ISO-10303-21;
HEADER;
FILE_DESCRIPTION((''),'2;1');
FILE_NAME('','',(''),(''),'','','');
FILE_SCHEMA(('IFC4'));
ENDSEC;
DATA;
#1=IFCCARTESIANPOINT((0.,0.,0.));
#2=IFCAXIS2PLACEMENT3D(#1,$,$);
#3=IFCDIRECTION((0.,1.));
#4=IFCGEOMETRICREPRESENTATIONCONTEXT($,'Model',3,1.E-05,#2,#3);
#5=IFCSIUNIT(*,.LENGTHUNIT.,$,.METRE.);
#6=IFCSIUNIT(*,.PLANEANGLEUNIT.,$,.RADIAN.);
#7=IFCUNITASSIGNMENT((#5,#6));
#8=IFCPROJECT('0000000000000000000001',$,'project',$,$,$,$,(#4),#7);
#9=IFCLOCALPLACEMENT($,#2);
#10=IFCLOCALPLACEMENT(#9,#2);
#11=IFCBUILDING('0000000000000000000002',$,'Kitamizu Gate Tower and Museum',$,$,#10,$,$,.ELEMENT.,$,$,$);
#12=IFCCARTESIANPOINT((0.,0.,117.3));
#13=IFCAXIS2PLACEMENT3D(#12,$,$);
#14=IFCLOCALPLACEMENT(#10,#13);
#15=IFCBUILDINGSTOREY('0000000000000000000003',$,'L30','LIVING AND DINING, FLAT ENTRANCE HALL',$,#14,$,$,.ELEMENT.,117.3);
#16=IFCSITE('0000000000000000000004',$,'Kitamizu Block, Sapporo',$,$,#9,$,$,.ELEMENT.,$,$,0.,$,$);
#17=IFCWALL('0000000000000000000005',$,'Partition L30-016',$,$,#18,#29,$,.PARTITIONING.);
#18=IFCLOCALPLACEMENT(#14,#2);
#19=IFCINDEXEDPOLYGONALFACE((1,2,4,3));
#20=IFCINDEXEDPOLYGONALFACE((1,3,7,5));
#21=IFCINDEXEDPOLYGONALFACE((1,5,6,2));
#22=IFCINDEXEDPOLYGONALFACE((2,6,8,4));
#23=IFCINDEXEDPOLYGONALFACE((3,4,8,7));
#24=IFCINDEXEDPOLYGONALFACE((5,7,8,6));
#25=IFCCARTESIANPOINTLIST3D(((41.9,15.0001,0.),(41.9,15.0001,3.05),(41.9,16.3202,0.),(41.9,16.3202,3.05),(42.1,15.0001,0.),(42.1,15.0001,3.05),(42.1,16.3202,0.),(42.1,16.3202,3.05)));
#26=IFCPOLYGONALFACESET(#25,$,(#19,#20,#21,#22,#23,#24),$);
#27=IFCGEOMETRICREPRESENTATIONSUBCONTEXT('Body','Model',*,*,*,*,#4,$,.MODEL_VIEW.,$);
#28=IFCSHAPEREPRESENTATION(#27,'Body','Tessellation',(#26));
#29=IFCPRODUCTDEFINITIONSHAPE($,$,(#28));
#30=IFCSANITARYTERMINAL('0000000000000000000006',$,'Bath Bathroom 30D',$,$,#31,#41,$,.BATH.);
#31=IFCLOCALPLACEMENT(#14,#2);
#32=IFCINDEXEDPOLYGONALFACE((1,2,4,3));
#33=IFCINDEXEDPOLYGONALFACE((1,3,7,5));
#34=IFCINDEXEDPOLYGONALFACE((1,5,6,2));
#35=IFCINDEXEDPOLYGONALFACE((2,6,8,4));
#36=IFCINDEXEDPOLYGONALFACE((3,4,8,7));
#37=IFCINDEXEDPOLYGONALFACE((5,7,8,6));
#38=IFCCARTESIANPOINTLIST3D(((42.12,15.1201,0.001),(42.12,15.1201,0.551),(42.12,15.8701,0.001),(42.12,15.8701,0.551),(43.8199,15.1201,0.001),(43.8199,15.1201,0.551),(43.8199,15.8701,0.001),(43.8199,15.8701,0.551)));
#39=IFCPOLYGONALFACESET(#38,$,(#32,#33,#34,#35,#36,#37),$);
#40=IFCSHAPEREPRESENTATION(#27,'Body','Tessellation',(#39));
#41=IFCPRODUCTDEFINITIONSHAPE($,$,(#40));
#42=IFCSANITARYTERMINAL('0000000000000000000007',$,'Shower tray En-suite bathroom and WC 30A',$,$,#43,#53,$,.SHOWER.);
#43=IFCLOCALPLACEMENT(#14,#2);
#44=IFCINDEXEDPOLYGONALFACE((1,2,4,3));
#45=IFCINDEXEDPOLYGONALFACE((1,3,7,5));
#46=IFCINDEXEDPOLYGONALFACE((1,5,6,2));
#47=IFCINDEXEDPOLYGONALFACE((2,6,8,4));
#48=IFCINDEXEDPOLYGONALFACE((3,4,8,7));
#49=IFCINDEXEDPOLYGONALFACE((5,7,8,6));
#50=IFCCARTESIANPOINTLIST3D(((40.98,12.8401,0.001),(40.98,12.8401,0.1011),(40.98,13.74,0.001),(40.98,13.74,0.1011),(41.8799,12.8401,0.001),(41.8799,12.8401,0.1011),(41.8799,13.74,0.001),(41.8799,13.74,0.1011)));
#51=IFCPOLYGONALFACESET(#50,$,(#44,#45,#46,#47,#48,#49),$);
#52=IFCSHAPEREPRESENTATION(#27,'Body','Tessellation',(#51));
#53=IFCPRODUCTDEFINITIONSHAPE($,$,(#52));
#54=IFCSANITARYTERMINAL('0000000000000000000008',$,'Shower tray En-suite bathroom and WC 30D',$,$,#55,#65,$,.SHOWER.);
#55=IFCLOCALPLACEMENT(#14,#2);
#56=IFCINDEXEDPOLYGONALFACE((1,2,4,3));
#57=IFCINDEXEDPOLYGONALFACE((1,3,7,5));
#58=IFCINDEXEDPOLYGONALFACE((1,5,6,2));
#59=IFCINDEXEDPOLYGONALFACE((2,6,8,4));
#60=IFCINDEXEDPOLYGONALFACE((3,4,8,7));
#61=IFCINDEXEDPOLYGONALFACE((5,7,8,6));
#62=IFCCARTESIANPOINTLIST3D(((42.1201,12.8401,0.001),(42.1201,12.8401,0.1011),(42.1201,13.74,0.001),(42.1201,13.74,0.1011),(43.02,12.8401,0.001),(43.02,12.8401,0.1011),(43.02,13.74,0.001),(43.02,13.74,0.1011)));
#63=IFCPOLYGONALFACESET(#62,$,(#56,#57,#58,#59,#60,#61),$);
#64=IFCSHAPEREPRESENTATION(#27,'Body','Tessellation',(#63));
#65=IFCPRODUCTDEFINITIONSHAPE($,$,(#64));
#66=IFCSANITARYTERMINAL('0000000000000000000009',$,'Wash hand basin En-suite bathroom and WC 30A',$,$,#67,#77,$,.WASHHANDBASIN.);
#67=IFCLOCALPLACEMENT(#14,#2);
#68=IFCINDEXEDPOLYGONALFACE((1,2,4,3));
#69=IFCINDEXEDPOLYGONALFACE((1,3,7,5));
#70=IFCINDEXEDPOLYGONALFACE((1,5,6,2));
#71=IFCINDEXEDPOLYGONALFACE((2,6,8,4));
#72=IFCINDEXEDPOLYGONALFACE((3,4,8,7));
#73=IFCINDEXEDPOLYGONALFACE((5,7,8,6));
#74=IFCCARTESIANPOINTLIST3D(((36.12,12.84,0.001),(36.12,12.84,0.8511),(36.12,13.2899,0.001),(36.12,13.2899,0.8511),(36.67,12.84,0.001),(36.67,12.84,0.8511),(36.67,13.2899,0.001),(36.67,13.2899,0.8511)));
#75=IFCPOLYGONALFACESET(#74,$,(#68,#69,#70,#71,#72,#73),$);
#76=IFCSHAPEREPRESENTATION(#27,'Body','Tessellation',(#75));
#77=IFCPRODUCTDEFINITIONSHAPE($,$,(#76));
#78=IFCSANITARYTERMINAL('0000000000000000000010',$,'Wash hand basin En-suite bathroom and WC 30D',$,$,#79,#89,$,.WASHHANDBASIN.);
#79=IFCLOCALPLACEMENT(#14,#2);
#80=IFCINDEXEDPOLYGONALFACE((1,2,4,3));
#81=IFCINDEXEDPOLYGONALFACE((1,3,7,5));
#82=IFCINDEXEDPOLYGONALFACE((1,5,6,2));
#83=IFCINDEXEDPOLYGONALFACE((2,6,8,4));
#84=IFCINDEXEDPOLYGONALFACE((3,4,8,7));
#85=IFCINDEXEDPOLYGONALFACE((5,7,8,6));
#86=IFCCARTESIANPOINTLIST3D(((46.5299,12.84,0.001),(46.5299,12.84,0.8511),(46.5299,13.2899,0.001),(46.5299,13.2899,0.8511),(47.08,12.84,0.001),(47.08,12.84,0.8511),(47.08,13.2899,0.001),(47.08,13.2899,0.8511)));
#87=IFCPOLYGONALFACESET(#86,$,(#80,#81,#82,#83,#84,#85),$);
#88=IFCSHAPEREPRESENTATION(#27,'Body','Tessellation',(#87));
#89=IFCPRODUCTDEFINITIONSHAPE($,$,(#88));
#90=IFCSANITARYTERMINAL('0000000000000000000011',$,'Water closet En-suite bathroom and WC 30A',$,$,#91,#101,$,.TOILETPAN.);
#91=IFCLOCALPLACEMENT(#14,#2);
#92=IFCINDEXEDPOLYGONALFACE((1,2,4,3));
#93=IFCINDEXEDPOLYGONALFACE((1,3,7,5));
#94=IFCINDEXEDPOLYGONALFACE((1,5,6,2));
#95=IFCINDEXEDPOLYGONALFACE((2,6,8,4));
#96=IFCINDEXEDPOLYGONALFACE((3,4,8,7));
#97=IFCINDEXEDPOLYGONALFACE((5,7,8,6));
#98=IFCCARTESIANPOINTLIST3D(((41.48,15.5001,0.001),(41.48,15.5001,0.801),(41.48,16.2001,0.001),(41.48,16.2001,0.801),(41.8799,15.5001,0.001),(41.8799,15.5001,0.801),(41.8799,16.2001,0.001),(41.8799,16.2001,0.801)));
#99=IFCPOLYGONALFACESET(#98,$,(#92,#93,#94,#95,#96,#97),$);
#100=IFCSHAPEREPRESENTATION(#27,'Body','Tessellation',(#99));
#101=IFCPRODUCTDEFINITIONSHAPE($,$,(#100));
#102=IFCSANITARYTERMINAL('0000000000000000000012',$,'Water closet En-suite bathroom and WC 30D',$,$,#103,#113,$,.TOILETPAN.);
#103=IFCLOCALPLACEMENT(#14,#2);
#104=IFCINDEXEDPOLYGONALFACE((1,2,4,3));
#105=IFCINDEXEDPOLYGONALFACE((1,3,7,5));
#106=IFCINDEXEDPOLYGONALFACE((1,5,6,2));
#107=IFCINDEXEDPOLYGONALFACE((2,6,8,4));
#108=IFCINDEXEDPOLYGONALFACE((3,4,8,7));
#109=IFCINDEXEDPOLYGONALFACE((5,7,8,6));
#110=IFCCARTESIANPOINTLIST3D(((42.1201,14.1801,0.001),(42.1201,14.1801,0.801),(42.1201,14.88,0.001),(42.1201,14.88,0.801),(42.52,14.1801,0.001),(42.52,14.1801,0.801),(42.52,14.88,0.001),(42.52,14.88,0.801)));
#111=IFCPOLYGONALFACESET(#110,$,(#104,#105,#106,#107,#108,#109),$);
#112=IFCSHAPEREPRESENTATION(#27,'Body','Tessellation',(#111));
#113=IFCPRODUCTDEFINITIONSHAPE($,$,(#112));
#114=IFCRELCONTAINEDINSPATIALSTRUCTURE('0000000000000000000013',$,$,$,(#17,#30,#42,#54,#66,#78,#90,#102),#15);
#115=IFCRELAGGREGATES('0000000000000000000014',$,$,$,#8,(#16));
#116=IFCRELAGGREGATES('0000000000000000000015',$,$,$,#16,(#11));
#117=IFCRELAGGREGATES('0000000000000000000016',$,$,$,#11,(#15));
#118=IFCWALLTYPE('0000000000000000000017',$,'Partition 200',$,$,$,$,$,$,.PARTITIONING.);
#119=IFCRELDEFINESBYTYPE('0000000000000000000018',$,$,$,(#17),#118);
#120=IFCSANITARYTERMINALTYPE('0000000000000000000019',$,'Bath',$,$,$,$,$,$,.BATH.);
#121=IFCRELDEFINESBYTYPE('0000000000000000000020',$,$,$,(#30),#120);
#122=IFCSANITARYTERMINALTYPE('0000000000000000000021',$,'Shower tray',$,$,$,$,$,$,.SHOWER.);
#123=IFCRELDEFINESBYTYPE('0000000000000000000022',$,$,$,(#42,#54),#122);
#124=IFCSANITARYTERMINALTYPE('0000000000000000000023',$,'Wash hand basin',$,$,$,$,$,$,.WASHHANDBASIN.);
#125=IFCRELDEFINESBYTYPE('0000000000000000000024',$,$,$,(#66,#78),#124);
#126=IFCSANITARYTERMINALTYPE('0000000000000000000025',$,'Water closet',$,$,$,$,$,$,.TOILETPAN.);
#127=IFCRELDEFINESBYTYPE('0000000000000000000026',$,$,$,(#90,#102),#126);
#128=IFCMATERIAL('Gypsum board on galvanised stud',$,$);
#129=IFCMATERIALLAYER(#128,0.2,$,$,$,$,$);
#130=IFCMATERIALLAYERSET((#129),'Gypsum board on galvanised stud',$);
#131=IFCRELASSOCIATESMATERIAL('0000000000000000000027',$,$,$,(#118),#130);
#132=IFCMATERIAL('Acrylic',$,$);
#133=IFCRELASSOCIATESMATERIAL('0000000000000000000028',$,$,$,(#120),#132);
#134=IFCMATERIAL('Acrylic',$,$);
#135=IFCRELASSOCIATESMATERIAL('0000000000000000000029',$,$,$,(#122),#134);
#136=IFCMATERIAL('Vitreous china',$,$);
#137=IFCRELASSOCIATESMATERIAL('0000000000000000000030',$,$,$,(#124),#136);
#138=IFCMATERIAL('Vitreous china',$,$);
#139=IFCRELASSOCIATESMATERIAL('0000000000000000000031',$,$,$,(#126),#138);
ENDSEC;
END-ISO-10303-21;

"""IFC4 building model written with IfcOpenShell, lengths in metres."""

from ifc_helpers import new_model, si_unit, direction, frame, frame_2d, origin, origin_2d, place, context, subcontext, project, spatial, rectangle, extrude, material, layer, layer_set, type_object, element, save


model = new_model("IFC4")

# Units and contexts
model_context = context("Model", 3, precision=1e-05, world=origin(), true_north=direction((0.0, 1.0)))
body_context = subcontext(model_context, "Body", "Model", "MODEL_VIEW")
ifc_project = project(units=[si_unit("LENGTHUNIT", "METRE"), si_unit("PLANEANGLEUNIT", "RADIAN")], contexts=[model_context])

# Site, building, storey
site_placement = place(None, origin())
site = spatial("IfcSite", under=ifc_project, at=site_placement, Name="Kitamizu Block, Sapporo", CompositionType="ELEMENT", RefElevation=0.0)
building_placement = place(site_placement, origin())
building = spatial("IfcBuilding", under=site, at=building_placement, Name="Kitamizu Gate Tower and Museum", CompositionType="ELEMENT")
storey_placement = place(building_placement, frame((0.0, 0.0, 117.3)))
storey = spatial("IfcBuildingStorey", under=building, at=storey_placement, Name="L30", Description="LIVING AND DINING, FLAT ENTRANCE HALL", CompositionType="ELEMENT", Elevation=117.3)

# Wall
ifc_material_1 = material(Name="Gypsum board on galvanised stud")
ifc_layer_1 = layer(ifc_material_1, 0.2)
ifc_layer_set_1 = layer_set([ifc_layer_1], Name="Gypsum board on galvanised stud")
wall_type_1 = type_object("IfcWallType", Name="Partition 200", PredefinedType="PARTITIONING", material=ifc_layer_set_1)
wall_1_placement = place(storey_placement, frame((42.0, 15.0, 0.0), z_axis=(0.0, 0.0, 1.0), x_axis=(0.0, 1.0, 0.0)))
element("IfcWall", 1, at=wall_1_placement, inside=storey, type_object=wall_type_1, Name="Partition L30-016", PredefinedType="PARTITIONING", context=body_context, shape_type="SweptSolid", body=[
    extrude(rectangle(XDim=1.3201, YDim=0.2, at=frame_2d((0.6602, 0.0))), origin(), (0.0, 0.0, 1.0), 3.05),
])

# Sanitary terminals
ifc_material_2 = material(Name="Acrylic")
sanitary_terminal_type_1 = type_object("IfcSanitaryTerminalType", Name="Bath", PredefinedType="BATH", material=ifc_material_2)
sanitary_terminal_placement = place(storey_placement, frame((42.97, 15.4951, 0.001), z_axis=(0.0, 0.0, 1.0), x_axis=(1.0, 0.0, 0.0)))
element("IfcSanitaryTerminal", 2, at=sanitary_terminal_placement, inside=storey, type_object=sanitary_terminal_type_1, Name="Bath Bathroom 30D", PredefinedType="BATH", context=body_context, shape_type="SweptSolid", body=[
    extrude(rectangle(XDim=1.7, YDim=0.75, at=origin_2d()), origin(), (0.0, 0.0, 1.0), 0.55),
])
ifc_material_3 = material(Name="Acrylic")
sanitary_terminal_type_2 = type_object("IfcSanitaryTerminalType", Name="Shower tray", PredefinedType="SHOWER", material=ifc_material_3)
for number, where, z_axis, x_axis, name in (
    (3, (41.4299, 13.29, 0.001), (0.0, 0.0, 1.0), (1.0, 0.0, 0.0), "Shower tray En-suite bathroom and WC 30A"),
    (4, (42.5701, 13.29, 0.001), (0.0, 0.0, 1.0), (1.0, 0.0, 0.0), "Shower tray En-suite bathroom and WC 30D"),
):
    element("IfcSanitaryTerminal", number, at=place(storey_placement, frame(where, z_axis=z_axis, x_axis=x_axis)), inside=storey, type_object=sanitary_terminal_type_2, Name=name, PredefinedType="SHOWER", context=body_context, shape_type="SweptSolid", body=[
        extrude(rectangle(XDim=0.8999, YDim=0.8999, at=origin_2d()), origin(), (0.0, 0.0, 1.0), 0.1001),
    ])
ifc_material_4 = material(Name="Vitreous china")
sanitary_terminal_type_3 = type_object("IfcSanitaryTerminalType", Name="Wash hand basin", PredefinedType="WASHHANDBASIN", material=ifc_material_4)
for number, where, z_axis, x_axis, name in (
    (5, (36.395, 13.0649, 0.001), (0.0, 0.0, 1.0), (1.0, 0.0, 0.0), "Wash hand basin En-suite bathroom and WC 30A"),
    (6, (46.8049, 13.0649, 0.001), (0.0, 0.0, 1.0), (1.0, 0.0, 0.0), "Wash hand basin En-suite bathroom and WC 30D"),
):
    element("IfcSanitaryTerminal", number, at=place(storey_placement, frame(where, z_axis=z_axis, x_axis=x_axis)), inside=storey, type_object=sanitary_terminal_type_3, Name=name, PredefinedType="WASHHANDBASIN", context=body_context, shape_type="SweptSolid", body=[
        extrude(rectangle(XDim=0.55, YDim=0.45, at=origin_2d()), origin(), (0.0, 0.0, 1.0), 0.8501),
    ])
ifc_material_5 = material(Name="Vitreous china")
sanitary_terminal_type_4 = type_object("IfcSanitaryTerminalType", Name="Water closet", PredefinedType="TOILETPAN", material=ifc_material_5)
for number, where, z_axis, x_axis, name in (
    (7, (41.6799, 15.8501, 0.001), (0.0, 0.0, 1.0), (1.0, 0.0, 0.0), "Water closet En-suite bathroom and WC 30A"),
    (8, (42.3201, 14.53, 0.001), (0.0, 0.0, 1.0), (1.0, 0.0, 0.0), "Water closet En-suite bathroom and WC 30D"),
):
    element("IfcSanitaryTerminal", number, at=place(storey_placement, frame(where, z_axis=z_axis, x_axis=x_axis)), inside=storey, type_object=sanitary_terminal_type_4, Name=name, PredefinedType="TOILETPAN", context=body_context, shape_type="SweptSolid", body=[
        extrude(rectangle(XDim=0.3999, YDim=0.7, at=origin_2d()), origin(), (0.0, 0.0, 1.0), 0.8),
    ])

save(model, "model.ifc")
